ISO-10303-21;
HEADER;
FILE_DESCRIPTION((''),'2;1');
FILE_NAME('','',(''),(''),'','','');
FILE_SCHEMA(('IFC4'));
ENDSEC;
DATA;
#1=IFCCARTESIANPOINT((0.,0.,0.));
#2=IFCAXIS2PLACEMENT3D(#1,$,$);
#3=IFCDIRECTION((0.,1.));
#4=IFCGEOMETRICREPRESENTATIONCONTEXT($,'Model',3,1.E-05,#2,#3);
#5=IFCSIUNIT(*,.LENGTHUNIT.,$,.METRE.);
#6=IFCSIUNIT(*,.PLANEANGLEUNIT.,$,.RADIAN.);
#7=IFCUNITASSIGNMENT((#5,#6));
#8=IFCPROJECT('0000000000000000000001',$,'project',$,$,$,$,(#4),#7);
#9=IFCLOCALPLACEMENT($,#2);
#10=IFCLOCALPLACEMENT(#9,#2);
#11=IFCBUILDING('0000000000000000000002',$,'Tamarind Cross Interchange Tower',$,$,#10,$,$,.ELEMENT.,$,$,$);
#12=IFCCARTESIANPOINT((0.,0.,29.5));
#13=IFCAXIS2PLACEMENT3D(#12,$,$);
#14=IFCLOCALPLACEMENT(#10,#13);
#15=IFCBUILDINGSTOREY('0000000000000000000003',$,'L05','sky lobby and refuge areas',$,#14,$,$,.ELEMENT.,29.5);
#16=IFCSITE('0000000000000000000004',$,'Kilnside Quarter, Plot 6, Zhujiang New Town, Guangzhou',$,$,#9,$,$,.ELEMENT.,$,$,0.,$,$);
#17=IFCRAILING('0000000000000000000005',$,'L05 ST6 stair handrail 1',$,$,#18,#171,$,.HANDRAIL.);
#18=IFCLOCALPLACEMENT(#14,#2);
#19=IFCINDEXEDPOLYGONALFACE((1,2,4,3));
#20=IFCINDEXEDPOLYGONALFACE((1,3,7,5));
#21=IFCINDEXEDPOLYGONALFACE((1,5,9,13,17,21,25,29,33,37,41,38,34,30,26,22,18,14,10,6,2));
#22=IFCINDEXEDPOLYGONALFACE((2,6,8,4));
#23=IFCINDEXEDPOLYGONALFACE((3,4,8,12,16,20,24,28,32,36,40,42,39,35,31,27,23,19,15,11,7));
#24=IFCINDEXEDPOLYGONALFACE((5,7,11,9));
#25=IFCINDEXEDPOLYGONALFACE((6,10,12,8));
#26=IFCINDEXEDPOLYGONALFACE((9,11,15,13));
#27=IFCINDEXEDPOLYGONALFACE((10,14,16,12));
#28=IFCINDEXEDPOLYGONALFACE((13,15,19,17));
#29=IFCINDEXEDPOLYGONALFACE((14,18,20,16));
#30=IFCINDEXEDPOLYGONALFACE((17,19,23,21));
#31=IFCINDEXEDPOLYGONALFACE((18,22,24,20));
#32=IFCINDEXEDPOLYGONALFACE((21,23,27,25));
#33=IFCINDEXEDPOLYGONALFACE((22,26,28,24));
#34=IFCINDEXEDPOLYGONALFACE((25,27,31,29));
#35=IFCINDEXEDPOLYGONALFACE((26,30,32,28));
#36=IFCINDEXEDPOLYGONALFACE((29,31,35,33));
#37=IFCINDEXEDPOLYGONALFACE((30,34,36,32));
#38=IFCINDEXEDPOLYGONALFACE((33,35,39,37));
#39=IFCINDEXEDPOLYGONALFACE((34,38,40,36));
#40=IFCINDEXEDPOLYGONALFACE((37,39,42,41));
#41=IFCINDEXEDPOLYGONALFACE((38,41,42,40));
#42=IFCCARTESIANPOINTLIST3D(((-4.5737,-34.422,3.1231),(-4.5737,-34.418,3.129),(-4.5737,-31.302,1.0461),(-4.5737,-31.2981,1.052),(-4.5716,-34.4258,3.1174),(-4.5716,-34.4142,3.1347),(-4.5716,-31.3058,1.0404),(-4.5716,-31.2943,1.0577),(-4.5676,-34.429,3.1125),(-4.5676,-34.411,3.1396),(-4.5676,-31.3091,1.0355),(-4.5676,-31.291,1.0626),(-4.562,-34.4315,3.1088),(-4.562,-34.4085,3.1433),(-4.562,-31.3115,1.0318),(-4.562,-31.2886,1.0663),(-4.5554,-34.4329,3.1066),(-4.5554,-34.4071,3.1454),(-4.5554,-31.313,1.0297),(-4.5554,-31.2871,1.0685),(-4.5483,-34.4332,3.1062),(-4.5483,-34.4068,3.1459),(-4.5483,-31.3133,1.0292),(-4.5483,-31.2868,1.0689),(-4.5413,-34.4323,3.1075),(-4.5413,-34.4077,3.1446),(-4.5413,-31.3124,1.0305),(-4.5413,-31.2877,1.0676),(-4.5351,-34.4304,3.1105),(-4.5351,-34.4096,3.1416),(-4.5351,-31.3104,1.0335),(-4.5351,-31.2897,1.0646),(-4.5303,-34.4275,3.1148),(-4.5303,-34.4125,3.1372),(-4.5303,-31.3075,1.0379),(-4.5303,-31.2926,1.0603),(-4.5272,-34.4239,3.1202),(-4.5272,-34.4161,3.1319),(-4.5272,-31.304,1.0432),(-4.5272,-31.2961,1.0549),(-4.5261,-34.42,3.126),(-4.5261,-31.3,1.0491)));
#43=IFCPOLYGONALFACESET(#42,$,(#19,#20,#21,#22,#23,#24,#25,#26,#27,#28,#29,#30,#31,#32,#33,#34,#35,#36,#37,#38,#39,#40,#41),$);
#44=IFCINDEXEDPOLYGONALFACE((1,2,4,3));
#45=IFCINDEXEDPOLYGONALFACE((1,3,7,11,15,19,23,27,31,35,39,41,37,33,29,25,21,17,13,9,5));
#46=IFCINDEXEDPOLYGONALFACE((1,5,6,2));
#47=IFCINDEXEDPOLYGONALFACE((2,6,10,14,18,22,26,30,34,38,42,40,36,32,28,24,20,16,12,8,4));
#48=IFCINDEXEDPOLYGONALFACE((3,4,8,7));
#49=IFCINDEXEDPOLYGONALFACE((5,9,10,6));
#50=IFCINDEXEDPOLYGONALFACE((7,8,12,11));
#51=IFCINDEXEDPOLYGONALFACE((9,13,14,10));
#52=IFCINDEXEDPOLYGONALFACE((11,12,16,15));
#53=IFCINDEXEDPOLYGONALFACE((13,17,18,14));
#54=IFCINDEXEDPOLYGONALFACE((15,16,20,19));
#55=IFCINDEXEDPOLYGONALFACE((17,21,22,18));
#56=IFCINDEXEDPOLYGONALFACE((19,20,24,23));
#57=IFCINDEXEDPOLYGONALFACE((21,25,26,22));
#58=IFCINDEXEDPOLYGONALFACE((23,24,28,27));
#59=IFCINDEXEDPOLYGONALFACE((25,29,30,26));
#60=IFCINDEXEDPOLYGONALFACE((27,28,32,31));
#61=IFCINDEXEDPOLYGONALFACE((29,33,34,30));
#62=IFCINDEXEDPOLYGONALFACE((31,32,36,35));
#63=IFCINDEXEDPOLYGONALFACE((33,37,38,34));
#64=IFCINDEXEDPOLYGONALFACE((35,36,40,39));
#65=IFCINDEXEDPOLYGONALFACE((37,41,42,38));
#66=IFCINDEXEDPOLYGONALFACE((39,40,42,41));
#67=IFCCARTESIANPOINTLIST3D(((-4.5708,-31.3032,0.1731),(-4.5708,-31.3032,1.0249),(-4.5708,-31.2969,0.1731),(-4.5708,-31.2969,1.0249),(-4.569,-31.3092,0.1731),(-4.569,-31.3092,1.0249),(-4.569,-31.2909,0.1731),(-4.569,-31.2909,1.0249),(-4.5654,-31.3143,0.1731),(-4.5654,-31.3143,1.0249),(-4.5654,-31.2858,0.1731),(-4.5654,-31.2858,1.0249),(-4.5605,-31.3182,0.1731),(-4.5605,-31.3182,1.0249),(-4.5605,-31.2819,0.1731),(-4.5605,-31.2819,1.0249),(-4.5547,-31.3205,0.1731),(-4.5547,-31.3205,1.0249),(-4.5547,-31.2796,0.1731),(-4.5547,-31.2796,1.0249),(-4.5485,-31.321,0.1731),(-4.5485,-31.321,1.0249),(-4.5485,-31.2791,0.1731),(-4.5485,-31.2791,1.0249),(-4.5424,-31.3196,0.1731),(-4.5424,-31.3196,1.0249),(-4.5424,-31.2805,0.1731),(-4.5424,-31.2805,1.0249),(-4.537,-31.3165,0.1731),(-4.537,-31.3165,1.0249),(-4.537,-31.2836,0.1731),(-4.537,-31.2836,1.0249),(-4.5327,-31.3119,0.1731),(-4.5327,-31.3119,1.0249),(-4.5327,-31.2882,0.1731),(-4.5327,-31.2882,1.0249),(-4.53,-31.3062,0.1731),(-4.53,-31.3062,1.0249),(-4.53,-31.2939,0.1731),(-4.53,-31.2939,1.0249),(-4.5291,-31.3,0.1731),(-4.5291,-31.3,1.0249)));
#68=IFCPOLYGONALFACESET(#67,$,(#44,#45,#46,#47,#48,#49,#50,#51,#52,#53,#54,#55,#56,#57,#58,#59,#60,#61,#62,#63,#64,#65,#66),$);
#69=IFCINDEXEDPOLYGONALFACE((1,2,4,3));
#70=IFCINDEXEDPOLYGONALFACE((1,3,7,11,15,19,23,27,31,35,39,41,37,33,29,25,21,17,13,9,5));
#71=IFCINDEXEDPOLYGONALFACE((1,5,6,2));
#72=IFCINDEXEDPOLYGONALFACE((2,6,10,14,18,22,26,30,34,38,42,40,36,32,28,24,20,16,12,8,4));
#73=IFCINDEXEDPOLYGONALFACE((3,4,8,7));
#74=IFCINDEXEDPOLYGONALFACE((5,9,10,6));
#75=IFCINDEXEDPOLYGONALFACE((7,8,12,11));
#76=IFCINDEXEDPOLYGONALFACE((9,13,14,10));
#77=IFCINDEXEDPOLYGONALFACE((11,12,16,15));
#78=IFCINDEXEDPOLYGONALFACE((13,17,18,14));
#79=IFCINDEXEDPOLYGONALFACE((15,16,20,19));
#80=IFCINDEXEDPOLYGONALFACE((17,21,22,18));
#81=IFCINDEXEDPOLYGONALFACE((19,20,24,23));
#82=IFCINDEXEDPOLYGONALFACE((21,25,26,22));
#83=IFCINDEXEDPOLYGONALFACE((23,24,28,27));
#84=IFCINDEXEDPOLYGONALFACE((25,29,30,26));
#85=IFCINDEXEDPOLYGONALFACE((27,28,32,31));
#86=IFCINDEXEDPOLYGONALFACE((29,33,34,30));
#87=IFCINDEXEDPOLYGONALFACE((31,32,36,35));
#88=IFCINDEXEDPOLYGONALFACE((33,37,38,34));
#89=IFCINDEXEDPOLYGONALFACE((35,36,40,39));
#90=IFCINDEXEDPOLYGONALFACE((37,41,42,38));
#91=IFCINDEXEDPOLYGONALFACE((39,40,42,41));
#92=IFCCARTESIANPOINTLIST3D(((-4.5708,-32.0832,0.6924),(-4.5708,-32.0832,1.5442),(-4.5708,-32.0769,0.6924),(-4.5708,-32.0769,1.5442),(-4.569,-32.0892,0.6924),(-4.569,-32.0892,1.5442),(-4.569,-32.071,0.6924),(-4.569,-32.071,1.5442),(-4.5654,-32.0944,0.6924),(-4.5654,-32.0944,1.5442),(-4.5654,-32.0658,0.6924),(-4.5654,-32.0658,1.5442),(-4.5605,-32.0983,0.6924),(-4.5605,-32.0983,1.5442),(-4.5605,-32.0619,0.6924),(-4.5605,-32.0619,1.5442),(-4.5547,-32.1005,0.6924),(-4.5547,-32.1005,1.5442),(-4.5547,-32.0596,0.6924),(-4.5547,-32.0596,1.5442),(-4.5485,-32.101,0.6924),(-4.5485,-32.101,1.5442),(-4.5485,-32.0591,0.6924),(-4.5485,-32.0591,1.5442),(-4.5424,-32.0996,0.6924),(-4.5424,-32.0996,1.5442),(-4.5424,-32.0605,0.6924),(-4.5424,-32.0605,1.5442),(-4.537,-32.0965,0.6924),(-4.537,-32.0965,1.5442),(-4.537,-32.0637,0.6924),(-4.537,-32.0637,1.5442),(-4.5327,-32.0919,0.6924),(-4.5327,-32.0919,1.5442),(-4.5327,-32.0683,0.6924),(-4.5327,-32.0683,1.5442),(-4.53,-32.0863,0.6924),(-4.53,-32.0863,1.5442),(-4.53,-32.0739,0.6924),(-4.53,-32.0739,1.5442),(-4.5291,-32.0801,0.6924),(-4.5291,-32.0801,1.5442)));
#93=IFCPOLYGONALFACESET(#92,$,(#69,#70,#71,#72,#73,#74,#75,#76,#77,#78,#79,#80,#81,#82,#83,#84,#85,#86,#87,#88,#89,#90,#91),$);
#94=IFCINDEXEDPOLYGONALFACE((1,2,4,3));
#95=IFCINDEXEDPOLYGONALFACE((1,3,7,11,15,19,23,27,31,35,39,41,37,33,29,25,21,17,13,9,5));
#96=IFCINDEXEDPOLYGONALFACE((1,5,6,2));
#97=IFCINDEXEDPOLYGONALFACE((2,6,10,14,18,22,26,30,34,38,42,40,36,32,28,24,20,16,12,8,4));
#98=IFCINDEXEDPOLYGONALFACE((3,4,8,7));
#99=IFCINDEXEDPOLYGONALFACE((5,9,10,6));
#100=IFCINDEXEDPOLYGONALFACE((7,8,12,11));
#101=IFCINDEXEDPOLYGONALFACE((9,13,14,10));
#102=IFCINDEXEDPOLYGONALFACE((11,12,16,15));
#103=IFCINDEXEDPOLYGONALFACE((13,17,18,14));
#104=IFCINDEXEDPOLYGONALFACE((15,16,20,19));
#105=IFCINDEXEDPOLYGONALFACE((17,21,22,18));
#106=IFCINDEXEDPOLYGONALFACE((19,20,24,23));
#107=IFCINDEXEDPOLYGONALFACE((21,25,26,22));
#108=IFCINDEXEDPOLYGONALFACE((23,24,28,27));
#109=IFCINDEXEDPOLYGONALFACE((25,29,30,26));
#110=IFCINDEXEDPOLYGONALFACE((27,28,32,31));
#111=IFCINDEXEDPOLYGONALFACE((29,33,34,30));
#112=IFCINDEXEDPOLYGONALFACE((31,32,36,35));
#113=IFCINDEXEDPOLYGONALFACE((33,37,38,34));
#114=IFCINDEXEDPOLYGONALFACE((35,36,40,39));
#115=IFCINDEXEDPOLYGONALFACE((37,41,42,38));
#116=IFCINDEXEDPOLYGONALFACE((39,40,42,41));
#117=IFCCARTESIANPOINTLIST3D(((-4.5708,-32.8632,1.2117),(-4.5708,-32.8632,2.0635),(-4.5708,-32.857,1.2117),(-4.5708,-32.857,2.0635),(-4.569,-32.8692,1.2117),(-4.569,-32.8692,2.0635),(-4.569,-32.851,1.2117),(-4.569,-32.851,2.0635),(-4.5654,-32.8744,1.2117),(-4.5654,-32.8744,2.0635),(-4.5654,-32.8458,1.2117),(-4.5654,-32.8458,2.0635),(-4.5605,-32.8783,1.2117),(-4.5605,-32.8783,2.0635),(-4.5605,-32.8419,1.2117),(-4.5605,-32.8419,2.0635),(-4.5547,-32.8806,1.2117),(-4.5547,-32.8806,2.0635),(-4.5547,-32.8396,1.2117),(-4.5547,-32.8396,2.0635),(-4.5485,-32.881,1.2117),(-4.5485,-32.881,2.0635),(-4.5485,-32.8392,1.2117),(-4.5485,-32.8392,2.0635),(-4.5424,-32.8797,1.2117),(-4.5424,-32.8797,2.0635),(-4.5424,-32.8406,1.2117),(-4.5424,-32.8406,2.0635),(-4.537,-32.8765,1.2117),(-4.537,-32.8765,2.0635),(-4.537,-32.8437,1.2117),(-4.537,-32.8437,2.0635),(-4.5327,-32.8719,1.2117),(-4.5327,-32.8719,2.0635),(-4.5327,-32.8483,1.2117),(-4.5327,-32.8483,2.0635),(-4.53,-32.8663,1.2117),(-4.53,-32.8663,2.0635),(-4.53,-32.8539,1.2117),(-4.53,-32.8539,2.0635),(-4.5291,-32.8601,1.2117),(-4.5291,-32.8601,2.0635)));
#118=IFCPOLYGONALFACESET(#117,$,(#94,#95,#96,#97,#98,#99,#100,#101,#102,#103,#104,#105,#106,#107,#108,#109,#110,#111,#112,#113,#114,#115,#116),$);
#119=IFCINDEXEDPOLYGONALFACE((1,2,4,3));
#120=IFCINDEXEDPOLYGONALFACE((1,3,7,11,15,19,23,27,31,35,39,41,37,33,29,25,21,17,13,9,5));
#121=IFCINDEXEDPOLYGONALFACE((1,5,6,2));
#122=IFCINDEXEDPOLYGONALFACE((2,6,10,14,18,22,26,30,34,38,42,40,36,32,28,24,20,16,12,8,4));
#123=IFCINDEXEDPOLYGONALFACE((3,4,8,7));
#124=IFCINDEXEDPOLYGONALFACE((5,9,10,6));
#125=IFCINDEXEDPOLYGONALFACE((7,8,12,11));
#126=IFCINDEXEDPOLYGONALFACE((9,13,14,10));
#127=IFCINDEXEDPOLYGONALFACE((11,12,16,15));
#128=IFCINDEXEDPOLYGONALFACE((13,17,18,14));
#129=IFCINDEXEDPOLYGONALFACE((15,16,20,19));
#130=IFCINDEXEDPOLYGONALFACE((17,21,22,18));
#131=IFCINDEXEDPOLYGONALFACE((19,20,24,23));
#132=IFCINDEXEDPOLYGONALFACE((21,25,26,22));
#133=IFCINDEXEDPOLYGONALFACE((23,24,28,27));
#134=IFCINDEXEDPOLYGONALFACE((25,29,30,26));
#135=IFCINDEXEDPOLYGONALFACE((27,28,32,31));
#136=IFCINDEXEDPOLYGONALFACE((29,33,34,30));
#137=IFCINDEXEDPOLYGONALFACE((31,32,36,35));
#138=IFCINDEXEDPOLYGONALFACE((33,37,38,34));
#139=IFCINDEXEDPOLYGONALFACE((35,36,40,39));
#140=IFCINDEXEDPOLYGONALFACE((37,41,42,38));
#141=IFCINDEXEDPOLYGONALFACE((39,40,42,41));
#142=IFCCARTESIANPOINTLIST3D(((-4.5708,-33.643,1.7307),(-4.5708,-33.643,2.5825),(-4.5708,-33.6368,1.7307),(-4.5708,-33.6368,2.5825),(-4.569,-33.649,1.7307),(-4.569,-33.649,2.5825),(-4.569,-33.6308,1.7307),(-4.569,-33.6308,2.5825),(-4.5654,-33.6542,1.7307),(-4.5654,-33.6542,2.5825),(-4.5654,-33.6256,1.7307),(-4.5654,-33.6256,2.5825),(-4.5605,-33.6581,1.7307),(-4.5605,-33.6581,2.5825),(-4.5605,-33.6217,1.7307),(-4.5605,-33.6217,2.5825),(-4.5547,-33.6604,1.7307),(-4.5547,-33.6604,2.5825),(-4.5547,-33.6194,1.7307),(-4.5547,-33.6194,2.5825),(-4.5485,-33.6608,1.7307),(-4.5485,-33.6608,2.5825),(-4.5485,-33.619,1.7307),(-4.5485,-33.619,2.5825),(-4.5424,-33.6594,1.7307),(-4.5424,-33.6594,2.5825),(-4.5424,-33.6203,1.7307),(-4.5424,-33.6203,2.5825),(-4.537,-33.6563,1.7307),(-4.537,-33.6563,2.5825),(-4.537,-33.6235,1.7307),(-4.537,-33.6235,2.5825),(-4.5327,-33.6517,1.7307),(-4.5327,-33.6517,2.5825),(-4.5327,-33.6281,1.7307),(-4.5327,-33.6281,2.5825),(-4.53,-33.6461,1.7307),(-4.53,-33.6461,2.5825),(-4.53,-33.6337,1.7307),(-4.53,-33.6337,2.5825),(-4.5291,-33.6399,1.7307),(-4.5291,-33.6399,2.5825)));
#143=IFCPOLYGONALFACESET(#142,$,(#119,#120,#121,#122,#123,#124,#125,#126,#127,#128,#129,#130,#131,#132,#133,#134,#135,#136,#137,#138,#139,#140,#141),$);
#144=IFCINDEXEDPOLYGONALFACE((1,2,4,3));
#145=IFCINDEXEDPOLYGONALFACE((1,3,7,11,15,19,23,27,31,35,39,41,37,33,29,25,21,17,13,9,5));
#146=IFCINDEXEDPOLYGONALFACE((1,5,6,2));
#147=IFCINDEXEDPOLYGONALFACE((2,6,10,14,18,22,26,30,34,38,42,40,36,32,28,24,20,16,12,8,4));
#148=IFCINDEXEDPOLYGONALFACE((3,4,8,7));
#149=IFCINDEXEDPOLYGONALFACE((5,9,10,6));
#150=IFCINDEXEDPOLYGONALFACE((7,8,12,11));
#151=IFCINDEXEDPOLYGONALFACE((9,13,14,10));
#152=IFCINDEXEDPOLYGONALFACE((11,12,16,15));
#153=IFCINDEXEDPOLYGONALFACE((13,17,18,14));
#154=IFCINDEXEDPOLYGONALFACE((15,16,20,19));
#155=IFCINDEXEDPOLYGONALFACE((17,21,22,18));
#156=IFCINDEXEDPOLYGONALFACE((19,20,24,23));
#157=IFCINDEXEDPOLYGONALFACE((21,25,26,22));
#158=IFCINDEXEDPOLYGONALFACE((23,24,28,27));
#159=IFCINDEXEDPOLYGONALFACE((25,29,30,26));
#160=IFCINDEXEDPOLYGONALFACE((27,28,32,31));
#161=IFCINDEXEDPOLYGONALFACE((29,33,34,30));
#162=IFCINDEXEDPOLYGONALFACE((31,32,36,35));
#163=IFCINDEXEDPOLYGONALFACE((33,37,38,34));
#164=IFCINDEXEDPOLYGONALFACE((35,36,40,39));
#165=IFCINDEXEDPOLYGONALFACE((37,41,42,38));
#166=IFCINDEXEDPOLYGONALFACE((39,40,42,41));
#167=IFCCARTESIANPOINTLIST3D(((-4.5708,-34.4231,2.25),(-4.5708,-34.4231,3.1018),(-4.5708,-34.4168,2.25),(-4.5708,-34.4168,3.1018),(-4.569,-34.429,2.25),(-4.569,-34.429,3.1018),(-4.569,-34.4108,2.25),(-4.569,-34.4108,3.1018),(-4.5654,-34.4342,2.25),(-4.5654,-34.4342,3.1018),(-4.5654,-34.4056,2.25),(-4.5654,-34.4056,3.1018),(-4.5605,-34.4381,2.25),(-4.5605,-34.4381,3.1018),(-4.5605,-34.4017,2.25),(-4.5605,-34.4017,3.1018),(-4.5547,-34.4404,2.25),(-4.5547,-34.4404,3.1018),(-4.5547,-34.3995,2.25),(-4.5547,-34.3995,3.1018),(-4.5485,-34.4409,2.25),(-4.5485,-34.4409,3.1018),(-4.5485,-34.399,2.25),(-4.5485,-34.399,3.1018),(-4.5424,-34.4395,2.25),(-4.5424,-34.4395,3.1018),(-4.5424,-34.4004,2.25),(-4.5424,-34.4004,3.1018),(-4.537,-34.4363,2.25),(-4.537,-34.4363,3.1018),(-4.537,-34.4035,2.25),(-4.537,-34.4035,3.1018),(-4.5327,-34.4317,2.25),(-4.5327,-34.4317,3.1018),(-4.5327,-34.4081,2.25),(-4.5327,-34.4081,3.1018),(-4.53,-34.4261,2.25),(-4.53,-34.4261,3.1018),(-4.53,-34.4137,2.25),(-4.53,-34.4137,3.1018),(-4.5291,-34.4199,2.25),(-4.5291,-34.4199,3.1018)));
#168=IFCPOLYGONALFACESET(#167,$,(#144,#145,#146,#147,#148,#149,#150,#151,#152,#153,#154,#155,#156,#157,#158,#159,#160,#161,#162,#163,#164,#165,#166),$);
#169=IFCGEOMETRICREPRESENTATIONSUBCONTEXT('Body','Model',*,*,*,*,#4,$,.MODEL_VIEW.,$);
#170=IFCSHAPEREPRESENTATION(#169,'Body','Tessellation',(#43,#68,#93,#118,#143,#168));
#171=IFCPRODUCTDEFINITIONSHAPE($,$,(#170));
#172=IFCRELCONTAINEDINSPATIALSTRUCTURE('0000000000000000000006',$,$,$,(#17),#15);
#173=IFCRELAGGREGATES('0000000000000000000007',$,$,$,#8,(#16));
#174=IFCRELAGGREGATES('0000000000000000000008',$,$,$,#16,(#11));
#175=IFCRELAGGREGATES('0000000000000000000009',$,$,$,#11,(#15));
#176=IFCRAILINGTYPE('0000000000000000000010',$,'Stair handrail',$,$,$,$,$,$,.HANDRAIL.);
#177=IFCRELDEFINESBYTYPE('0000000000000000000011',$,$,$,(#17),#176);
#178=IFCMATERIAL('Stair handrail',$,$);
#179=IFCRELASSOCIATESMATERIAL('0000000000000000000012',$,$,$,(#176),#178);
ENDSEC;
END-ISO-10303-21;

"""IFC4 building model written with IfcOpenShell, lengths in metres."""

from ifc_helpers import new_model, si_unit, direction, frame, origin, origin_2d, place, context, subcontext, project, spatial, circle, extrude, material, type_object, element, save


model = new_model("IFC4")

# Units and contexts
model_context = context("Model", 3, precision=1e-05, world=origin(), true_north=direction((0.0, 1.0)))
body_context = subcontext(model_context, "Body", "Model", "MODEL_VIEW")
ifc_project = project(units=[si_unit("LENGTHUNIT", "METRE"), si_unit("PLANEANGLEUNIT", "RADIAN")], contexts=[model_context])

# Site, building, storey
site_placement = place(None, origin())
site = spatial("IfcSite", under=ifc_project, at=site_placement, Name="Kilnside Quarter, Plot 6, Zhujiang New Town, Guangzhou", CompositionType="ELEMENT", RefElevation=0.0)
building_placement = place(site_placement, origin())
building = spatial("IfcBuilding", under=site, at=building_placement, Name="Tamarind Cross Interchange Tower", CompositionType="ELEMENT")
storey_placement = place(building_placement, frame((0.0, 0.0, 29.5)))
storey = spatial("IfcBuildingStorey", under=building, at=storey_placement, Name="L05", Description="sky lobby and refuge areas", CompositionType="ELEMENT", Elevation=29.5)

# Railing
ifc_material_1 = material(Name="Stair handrail")
railing_type_1 = type_object("IfcRailingType", Name="Stair handrail", PredefinedType="HANDRAIL", material=ifc_material_1)
railing_1_placement = place(storey_placement, frame((-4.55, -31.3, 0.1731)))
element("IfcRailing", 1, at=railing_1_placement, inside=storey, type_object=railing_type_1, Name="L05 ST6 stair handrail 1", PredefinedType="HANDRAIL", context=body_context, shape_type="SweptSolid", body=[
    extrude(circle(Radius=0.0239, at=origin_2d()), frame((0.0, 0.0, 0.876), z_axis=(0.0, -0.832421, 0.554144), x_axis=(1.0, 0.0, 0.0)), (0.0, 0.0, 1.0), 3.748),
    extrude(circle(Radius=0.021, at=origin_2d()), origin(), (0.0, 0.0, 1.0), 0.8518),
    extrude(circle(Radius=0.021, at=origin_2d()), frame((0.0, -0.78, 0.5193)), (0.0, 0.0, 1.0), 0.8518),
    extrude(circle(Radius=0.021, at=origin_2d()), frame((0.0, -1.5601, 1.0386)), (0.0, 0.0, 1.0), 0.8518),
    extrude(circle(Radius=0.021, at=origin_2d()), frame((0.0, -2.3398, 1.5576)), (0.0, 0.0, 1.0), 0.8518),
    extrude(circle(Radius=0.021, at=origin_2d()), frame((0.0, -3.1199, 2.0769)), (0.0, 0.0, 1.0), 0.8518),
])

save(model, "model.ifc")
